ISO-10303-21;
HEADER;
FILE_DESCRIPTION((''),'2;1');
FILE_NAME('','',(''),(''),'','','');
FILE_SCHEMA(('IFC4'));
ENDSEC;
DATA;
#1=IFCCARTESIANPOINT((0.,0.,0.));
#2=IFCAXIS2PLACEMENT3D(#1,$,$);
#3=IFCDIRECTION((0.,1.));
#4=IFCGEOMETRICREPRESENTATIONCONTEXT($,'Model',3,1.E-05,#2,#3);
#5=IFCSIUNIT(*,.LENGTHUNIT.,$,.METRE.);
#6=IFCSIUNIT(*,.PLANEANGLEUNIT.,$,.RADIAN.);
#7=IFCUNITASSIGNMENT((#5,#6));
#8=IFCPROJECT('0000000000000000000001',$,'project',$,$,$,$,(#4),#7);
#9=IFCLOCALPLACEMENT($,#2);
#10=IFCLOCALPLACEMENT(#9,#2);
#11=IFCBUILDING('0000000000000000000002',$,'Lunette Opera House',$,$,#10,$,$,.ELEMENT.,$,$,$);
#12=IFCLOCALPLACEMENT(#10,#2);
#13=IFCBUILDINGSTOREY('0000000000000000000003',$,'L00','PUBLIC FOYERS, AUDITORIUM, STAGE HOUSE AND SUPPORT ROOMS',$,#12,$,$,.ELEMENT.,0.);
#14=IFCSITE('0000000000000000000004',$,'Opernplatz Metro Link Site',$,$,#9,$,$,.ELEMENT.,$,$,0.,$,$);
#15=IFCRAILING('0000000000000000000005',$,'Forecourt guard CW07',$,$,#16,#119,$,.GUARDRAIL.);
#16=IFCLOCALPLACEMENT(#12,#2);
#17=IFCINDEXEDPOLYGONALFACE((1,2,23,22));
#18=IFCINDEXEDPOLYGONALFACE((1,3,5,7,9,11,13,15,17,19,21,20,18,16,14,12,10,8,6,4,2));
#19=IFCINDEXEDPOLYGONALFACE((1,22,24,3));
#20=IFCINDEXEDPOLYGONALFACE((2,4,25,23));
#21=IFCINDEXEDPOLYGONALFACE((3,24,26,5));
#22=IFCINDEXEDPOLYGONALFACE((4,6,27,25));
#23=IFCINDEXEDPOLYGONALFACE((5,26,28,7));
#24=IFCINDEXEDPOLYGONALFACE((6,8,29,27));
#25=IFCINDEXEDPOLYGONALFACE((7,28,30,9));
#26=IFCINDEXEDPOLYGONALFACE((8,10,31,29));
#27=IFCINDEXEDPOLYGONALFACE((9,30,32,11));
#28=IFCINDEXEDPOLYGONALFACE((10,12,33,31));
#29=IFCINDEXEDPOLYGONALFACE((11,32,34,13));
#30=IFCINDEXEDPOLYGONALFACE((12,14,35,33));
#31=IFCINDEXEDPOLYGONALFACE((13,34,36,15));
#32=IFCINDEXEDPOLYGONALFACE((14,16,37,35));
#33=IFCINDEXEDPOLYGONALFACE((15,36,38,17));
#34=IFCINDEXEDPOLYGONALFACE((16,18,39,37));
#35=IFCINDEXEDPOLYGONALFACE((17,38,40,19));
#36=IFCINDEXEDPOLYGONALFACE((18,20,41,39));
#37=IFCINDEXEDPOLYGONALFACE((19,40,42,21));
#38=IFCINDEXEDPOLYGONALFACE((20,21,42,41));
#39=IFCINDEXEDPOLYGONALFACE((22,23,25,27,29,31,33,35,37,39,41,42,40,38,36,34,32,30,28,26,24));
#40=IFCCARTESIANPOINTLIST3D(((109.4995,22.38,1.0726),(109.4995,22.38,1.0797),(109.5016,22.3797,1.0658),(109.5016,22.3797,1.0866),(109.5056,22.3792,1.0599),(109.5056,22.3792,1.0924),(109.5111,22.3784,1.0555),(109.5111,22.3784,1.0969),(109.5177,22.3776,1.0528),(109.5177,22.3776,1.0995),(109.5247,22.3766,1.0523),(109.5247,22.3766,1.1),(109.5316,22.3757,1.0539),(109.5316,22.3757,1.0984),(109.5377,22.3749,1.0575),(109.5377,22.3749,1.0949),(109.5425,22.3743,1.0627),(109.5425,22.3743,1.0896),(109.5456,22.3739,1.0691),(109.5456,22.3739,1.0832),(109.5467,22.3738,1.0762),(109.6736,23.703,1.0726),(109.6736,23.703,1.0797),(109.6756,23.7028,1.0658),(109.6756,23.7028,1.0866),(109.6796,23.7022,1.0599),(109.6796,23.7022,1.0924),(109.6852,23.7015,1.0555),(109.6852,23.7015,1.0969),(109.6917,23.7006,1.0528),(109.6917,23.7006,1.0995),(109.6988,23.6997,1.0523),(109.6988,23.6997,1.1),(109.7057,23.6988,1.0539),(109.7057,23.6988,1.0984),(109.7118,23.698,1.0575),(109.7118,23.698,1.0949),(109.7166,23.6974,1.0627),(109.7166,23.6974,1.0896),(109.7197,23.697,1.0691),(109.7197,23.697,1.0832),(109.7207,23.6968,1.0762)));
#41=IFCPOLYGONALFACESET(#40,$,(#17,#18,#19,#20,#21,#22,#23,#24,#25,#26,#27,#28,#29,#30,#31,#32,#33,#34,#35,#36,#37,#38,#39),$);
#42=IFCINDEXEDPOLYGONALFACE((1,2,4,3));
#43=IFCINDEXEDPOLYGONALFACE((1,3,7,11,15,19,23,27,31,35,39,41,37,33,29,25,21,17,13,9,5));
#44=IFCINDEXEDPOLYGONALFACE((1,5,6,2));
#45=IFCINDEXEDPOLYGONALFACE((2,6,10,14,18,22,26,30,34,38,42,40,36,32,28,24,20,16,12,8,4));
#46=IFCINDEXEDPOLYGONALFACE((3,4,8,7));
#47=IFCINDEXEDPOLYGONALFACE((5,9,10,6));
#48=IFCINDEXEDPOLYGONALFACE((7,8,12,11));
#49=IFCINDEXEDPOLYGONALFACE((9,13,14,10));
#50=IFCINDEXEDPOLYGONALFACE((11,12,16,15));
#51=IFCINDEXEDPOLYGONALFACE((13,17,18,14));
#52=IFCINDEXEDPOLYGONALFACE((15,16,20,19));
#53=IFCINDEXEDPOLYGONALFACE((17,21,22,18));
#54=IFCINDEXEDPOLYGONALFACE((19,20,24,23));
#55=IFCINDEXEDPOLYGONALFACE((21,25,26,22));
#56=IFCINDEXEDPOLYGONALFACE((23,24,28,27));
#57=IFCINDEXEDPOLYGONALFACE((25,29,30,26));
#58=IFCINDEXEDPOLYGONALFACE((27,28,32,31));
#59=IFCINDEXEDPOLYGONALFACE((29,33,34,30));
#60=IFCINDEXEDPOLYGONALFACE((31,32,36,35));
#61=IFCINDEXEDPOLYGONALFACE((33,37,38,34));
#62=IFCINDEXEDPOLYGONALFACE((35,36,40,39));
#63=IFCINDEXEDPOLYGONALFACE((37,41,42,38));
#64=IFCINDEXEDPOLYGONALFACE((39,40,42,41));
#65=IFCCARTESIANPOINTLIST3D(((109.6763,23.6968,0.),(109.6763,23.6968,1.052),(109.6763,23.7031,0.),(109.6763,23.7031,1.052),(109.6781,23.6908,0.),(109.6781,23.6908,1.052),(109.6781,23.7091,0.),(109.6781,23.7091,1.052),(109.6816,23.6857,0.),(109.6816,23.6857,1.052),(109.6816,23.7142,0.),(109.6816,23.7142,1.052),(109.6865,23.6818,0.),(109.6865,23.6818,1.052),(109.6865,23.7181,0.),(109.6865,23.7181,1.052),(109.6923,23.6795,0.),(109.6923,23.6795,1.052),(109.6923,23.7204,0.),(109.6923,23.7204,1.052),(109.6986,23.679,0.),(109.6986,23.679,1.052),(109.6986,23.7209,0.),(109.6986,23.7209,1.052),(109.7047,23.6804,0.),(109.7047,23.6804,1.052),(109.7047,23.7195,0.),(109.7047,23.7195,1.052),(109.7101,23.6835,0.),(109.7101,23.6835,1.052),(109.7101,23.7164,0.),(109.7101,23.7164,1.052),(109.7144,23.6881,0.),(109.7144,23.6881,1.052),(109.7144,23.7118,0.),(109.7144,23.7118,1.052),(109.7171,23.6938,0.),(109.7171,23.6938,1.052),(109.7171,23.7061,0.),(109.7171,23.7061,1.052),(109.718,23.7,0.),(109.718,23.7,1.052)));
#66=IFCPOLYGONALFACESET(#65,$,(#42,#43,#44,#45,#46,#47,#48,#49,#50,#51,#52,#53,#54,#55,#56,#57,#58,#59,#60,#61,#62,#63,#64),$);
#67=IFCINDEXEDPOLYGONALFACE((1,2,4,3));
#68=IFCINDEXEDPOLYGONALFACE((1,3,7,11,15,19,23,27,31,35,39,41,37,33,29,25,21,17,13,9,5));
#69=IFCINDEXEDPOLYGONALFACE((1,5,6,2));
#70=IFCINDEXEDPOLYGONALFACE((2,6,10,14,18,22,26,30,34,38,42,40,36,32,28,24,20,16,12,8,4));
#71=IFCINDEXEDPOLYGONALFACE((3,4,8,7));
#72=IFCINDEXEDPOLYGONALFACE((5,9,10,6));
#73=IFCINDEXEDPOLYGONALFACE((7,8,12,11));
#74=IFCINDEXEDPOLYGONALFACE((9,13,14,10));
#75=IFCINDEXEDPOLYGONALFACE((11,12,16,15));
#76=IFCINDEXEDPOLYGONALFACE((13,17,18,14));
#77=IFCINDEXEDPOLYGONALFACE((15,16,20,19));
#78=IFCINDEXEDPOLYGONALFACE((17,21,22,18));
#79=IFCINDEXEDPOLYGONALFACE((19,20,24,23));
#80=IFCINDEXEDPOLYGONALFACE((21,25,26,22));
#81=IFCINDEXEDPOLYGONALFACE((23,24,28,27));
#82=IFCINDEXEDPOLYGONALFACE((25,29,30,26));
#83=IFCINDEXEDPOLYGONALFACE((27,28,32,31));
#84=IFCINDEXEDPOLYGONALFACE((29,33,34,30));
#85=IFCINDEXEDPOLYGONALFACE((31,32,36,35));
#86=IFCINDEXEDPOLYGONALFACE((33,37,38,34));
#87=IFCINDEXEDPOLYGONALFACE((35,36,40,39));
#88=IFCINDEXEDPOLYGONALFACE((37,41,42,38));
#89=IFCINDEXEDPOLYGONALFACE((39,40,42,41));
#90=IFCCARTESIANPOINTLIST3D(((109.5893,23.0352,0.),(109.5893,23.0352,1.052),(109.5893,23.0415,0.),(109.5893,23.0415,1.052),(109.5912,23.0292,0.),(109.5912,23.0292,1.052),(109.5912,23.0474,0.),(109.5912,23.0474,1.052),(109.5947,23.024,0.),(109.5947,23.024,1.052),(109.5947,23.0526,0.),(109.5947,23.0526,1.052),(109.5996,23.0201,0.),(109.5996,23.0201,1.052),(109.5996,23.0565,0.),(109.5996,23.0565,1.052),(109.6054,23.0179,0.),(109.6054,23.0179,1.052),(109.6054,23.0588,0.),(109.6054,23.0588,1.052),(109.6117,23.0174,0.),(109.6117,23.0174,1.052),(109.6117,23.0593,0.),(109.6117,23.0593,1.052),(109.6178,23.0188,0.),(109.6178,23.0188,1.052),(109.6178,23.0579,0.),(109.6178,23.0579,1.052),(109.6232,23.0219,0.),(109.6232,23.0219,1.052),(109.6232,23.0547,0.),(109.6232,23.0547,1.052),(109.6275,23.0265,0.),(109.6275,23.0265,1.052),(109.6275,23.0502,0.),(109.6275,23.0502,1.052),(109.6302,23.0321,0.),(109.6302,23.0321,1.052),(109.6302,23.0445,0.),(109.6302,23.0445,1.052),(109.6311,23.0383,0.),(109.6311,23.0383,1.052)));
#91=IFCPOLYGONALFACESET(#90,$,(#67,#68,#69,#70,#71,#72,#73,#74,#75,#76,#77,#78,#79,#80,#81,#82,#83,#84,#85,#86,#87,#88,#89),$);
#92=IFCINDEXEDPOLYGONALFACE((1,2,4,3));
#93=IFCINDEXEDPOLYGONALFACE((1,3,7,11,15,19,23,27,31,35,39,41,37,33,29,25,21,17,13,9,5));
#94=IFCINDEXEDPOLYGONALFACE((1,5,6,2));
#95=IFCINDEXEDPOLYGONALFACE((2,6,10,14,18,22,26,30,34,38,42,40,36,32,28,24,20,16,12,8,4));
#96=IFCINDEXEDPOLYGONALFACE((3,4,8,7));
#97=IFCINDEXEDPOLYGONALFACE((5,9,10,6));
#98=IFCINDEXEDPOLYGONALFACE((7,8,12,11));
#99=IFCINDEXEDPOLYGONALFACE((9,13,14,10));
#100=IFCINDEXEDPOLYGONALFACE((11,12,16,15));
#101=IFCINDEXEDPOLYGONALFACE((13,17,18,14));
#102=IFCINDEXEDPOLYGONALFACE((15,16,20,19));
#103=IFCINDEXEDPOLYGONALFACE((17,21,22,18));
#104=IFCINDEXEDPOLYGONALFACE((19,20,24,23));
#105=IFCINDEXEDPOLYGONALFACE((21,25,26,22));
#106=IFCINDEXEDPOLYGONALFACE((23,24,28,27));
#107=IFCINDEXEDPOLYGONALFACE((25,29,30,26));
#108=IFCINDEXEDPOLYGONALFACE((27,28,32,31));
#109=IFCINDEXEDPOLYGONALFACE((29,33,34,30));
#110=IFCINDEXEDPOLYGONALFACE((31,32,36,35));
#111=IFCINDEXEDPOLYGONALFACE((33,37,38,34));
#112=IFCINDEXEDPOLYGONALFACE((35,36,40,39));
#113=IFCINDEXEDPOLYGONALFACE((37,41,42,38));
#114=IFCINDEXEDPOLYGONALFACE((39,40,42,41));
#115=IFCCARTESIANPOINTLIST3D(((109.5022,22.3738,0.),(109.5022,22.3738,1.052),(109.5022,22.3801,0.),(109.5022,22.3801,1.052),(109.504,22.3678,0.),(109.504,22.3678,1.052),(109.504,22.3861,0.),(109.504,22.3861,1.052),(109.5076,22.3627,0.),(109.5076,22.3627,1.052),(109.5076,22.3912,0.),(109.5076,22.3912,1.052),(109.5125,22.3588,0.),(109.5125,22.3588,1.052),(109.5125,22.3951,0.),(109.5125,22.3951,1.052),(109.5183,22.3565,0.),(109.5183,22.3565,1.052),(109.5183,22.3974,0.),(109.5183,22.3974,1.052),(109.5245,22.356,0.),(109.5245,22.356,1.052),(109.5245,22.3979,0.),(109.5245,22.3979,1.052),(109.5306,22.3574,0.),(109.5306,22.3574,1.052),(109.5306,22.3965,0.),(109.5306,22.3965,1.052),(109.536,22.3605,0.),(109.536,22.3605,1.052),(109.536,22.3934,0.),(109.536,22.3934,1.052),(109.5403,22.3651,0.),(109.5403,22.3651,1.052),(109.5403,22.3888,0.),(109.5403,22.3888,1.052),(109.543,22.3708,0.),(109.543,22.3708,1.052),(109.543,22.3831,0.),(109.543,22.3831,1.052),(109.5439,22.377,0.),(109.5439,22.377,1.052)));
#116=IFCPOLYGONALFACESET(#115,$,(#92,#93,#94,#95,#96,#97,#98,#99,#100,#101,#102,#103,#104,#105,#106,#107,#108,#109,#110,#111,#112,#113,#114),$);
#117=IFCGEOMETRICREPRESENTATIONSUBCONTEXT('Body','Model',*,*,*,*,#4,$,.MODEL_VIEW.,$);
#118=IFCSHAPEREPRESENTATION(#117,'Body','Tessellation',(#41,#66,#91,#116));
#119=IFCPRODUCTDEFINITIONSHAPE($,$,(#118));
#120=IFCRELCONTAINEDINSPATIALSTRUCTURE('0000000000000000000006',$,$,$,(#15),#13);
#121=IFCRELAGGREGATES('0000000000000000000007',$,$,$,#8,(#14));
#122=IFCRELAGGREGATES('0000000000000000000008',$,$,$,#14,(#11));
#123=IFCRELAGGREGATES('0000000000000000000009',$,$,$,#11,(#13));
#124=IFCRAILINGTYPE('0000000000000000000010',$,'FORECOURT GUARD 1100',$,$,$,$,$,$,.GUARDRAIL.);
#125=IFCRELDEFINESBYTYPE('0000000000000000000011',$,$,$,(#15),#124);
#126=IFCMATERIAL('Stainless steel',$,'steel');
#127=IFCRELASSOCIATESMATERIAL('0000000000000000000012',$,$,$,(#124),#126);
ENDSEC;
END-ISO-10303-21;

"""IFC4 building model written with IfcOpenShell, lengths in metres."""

from ifc_helpers import new_model, si_unit, direction, frame, origin, origin_2d, place, context, subcontext, project, spatial, circle, extrude, material, type_object, element, save


model = new_model("IFC4")

# Units and contexts
model_context = context("Model", 3, precision=1e-05, world=origin(), true_north=direction((0.0, 1.0)))
body_context = subcontext(model_context, "Body", "Model", "MODEL_VIEW")
ifc_project = project(units=[si_unit("LENGTHUNIT", "METRE"), si_unit("PLANEANGLEUNIT", "RADIAN")], contexts=[model_context])

# Site, building, storey
site_placement = place(None, origin())
site = spatial("IfcSite", under=ifc_project, at=site_placement, Name="Opernplatz Metro Link Site", CompositionType="ELEMENT", RefElevation=0.0)
building_placement = place(site_placement, origin())
building = spatial("IfcBuilding", under=site, at=building_placement, Name="Lunette Opera House", CompositionType="ELEMENT")
storey_placement = place(building_placement, origin())
storey = spatial("IfcBuildingStorey", under=building, at=storey_placement, Name="L00", Description="PUBLIC FOYERS, AUDITORIUM, STAGE HOUSE AND SUPPORT ROOMS", CompositionType="ELEMENT", Elevation=0.0)

# Railing
ifc_material_1 = material(Name="Stainless steel", Category="steel")
railing_type = type_object("IfcRailingType", Name="FORECOURT GUARD 1100", PredefinedType="GUARDRAIL", material=ifc_material_1)
railing_1_placement = place(storey_placement, frame((109.697, 23.7, 0.0)))
element("IfcRailing", 1, at=railing_1_placement, inside=storey, type_object=railing_type, Name="Forecourt guard CW07", PredefinedType="GUARDRAIL", context=body_context, shape_type="SweptSolid", body=[
    extrude(circle(Radius=0.0239, at=origin_2d()), frame((0.0, 0.0, 1.0762), z_axis=(-0.13045, -0.991455, 0.0), x_axis=(0.991455, -0.13045, 0.0)), (0.0, 0.0, 1.0), 1.3345),
    extrude(circle(Radius=0.021, at=origin_2d()), origin(), (0.0, 0.0, 1.0), 1.052),
    extrude(circle(Radius=0.021, at=origin_2d()), frame((-0.0869, -0.6616, 0.0)), (0.0, 0.0, 1.0), 1.052),
    extrude(circle(Radius=0.021, at=origin_2d()), frame((-0.1741, -1.323, 0.0)), (0.0, 0.0, 1.0), 1.052),
])

save(model, "model.ifc")
